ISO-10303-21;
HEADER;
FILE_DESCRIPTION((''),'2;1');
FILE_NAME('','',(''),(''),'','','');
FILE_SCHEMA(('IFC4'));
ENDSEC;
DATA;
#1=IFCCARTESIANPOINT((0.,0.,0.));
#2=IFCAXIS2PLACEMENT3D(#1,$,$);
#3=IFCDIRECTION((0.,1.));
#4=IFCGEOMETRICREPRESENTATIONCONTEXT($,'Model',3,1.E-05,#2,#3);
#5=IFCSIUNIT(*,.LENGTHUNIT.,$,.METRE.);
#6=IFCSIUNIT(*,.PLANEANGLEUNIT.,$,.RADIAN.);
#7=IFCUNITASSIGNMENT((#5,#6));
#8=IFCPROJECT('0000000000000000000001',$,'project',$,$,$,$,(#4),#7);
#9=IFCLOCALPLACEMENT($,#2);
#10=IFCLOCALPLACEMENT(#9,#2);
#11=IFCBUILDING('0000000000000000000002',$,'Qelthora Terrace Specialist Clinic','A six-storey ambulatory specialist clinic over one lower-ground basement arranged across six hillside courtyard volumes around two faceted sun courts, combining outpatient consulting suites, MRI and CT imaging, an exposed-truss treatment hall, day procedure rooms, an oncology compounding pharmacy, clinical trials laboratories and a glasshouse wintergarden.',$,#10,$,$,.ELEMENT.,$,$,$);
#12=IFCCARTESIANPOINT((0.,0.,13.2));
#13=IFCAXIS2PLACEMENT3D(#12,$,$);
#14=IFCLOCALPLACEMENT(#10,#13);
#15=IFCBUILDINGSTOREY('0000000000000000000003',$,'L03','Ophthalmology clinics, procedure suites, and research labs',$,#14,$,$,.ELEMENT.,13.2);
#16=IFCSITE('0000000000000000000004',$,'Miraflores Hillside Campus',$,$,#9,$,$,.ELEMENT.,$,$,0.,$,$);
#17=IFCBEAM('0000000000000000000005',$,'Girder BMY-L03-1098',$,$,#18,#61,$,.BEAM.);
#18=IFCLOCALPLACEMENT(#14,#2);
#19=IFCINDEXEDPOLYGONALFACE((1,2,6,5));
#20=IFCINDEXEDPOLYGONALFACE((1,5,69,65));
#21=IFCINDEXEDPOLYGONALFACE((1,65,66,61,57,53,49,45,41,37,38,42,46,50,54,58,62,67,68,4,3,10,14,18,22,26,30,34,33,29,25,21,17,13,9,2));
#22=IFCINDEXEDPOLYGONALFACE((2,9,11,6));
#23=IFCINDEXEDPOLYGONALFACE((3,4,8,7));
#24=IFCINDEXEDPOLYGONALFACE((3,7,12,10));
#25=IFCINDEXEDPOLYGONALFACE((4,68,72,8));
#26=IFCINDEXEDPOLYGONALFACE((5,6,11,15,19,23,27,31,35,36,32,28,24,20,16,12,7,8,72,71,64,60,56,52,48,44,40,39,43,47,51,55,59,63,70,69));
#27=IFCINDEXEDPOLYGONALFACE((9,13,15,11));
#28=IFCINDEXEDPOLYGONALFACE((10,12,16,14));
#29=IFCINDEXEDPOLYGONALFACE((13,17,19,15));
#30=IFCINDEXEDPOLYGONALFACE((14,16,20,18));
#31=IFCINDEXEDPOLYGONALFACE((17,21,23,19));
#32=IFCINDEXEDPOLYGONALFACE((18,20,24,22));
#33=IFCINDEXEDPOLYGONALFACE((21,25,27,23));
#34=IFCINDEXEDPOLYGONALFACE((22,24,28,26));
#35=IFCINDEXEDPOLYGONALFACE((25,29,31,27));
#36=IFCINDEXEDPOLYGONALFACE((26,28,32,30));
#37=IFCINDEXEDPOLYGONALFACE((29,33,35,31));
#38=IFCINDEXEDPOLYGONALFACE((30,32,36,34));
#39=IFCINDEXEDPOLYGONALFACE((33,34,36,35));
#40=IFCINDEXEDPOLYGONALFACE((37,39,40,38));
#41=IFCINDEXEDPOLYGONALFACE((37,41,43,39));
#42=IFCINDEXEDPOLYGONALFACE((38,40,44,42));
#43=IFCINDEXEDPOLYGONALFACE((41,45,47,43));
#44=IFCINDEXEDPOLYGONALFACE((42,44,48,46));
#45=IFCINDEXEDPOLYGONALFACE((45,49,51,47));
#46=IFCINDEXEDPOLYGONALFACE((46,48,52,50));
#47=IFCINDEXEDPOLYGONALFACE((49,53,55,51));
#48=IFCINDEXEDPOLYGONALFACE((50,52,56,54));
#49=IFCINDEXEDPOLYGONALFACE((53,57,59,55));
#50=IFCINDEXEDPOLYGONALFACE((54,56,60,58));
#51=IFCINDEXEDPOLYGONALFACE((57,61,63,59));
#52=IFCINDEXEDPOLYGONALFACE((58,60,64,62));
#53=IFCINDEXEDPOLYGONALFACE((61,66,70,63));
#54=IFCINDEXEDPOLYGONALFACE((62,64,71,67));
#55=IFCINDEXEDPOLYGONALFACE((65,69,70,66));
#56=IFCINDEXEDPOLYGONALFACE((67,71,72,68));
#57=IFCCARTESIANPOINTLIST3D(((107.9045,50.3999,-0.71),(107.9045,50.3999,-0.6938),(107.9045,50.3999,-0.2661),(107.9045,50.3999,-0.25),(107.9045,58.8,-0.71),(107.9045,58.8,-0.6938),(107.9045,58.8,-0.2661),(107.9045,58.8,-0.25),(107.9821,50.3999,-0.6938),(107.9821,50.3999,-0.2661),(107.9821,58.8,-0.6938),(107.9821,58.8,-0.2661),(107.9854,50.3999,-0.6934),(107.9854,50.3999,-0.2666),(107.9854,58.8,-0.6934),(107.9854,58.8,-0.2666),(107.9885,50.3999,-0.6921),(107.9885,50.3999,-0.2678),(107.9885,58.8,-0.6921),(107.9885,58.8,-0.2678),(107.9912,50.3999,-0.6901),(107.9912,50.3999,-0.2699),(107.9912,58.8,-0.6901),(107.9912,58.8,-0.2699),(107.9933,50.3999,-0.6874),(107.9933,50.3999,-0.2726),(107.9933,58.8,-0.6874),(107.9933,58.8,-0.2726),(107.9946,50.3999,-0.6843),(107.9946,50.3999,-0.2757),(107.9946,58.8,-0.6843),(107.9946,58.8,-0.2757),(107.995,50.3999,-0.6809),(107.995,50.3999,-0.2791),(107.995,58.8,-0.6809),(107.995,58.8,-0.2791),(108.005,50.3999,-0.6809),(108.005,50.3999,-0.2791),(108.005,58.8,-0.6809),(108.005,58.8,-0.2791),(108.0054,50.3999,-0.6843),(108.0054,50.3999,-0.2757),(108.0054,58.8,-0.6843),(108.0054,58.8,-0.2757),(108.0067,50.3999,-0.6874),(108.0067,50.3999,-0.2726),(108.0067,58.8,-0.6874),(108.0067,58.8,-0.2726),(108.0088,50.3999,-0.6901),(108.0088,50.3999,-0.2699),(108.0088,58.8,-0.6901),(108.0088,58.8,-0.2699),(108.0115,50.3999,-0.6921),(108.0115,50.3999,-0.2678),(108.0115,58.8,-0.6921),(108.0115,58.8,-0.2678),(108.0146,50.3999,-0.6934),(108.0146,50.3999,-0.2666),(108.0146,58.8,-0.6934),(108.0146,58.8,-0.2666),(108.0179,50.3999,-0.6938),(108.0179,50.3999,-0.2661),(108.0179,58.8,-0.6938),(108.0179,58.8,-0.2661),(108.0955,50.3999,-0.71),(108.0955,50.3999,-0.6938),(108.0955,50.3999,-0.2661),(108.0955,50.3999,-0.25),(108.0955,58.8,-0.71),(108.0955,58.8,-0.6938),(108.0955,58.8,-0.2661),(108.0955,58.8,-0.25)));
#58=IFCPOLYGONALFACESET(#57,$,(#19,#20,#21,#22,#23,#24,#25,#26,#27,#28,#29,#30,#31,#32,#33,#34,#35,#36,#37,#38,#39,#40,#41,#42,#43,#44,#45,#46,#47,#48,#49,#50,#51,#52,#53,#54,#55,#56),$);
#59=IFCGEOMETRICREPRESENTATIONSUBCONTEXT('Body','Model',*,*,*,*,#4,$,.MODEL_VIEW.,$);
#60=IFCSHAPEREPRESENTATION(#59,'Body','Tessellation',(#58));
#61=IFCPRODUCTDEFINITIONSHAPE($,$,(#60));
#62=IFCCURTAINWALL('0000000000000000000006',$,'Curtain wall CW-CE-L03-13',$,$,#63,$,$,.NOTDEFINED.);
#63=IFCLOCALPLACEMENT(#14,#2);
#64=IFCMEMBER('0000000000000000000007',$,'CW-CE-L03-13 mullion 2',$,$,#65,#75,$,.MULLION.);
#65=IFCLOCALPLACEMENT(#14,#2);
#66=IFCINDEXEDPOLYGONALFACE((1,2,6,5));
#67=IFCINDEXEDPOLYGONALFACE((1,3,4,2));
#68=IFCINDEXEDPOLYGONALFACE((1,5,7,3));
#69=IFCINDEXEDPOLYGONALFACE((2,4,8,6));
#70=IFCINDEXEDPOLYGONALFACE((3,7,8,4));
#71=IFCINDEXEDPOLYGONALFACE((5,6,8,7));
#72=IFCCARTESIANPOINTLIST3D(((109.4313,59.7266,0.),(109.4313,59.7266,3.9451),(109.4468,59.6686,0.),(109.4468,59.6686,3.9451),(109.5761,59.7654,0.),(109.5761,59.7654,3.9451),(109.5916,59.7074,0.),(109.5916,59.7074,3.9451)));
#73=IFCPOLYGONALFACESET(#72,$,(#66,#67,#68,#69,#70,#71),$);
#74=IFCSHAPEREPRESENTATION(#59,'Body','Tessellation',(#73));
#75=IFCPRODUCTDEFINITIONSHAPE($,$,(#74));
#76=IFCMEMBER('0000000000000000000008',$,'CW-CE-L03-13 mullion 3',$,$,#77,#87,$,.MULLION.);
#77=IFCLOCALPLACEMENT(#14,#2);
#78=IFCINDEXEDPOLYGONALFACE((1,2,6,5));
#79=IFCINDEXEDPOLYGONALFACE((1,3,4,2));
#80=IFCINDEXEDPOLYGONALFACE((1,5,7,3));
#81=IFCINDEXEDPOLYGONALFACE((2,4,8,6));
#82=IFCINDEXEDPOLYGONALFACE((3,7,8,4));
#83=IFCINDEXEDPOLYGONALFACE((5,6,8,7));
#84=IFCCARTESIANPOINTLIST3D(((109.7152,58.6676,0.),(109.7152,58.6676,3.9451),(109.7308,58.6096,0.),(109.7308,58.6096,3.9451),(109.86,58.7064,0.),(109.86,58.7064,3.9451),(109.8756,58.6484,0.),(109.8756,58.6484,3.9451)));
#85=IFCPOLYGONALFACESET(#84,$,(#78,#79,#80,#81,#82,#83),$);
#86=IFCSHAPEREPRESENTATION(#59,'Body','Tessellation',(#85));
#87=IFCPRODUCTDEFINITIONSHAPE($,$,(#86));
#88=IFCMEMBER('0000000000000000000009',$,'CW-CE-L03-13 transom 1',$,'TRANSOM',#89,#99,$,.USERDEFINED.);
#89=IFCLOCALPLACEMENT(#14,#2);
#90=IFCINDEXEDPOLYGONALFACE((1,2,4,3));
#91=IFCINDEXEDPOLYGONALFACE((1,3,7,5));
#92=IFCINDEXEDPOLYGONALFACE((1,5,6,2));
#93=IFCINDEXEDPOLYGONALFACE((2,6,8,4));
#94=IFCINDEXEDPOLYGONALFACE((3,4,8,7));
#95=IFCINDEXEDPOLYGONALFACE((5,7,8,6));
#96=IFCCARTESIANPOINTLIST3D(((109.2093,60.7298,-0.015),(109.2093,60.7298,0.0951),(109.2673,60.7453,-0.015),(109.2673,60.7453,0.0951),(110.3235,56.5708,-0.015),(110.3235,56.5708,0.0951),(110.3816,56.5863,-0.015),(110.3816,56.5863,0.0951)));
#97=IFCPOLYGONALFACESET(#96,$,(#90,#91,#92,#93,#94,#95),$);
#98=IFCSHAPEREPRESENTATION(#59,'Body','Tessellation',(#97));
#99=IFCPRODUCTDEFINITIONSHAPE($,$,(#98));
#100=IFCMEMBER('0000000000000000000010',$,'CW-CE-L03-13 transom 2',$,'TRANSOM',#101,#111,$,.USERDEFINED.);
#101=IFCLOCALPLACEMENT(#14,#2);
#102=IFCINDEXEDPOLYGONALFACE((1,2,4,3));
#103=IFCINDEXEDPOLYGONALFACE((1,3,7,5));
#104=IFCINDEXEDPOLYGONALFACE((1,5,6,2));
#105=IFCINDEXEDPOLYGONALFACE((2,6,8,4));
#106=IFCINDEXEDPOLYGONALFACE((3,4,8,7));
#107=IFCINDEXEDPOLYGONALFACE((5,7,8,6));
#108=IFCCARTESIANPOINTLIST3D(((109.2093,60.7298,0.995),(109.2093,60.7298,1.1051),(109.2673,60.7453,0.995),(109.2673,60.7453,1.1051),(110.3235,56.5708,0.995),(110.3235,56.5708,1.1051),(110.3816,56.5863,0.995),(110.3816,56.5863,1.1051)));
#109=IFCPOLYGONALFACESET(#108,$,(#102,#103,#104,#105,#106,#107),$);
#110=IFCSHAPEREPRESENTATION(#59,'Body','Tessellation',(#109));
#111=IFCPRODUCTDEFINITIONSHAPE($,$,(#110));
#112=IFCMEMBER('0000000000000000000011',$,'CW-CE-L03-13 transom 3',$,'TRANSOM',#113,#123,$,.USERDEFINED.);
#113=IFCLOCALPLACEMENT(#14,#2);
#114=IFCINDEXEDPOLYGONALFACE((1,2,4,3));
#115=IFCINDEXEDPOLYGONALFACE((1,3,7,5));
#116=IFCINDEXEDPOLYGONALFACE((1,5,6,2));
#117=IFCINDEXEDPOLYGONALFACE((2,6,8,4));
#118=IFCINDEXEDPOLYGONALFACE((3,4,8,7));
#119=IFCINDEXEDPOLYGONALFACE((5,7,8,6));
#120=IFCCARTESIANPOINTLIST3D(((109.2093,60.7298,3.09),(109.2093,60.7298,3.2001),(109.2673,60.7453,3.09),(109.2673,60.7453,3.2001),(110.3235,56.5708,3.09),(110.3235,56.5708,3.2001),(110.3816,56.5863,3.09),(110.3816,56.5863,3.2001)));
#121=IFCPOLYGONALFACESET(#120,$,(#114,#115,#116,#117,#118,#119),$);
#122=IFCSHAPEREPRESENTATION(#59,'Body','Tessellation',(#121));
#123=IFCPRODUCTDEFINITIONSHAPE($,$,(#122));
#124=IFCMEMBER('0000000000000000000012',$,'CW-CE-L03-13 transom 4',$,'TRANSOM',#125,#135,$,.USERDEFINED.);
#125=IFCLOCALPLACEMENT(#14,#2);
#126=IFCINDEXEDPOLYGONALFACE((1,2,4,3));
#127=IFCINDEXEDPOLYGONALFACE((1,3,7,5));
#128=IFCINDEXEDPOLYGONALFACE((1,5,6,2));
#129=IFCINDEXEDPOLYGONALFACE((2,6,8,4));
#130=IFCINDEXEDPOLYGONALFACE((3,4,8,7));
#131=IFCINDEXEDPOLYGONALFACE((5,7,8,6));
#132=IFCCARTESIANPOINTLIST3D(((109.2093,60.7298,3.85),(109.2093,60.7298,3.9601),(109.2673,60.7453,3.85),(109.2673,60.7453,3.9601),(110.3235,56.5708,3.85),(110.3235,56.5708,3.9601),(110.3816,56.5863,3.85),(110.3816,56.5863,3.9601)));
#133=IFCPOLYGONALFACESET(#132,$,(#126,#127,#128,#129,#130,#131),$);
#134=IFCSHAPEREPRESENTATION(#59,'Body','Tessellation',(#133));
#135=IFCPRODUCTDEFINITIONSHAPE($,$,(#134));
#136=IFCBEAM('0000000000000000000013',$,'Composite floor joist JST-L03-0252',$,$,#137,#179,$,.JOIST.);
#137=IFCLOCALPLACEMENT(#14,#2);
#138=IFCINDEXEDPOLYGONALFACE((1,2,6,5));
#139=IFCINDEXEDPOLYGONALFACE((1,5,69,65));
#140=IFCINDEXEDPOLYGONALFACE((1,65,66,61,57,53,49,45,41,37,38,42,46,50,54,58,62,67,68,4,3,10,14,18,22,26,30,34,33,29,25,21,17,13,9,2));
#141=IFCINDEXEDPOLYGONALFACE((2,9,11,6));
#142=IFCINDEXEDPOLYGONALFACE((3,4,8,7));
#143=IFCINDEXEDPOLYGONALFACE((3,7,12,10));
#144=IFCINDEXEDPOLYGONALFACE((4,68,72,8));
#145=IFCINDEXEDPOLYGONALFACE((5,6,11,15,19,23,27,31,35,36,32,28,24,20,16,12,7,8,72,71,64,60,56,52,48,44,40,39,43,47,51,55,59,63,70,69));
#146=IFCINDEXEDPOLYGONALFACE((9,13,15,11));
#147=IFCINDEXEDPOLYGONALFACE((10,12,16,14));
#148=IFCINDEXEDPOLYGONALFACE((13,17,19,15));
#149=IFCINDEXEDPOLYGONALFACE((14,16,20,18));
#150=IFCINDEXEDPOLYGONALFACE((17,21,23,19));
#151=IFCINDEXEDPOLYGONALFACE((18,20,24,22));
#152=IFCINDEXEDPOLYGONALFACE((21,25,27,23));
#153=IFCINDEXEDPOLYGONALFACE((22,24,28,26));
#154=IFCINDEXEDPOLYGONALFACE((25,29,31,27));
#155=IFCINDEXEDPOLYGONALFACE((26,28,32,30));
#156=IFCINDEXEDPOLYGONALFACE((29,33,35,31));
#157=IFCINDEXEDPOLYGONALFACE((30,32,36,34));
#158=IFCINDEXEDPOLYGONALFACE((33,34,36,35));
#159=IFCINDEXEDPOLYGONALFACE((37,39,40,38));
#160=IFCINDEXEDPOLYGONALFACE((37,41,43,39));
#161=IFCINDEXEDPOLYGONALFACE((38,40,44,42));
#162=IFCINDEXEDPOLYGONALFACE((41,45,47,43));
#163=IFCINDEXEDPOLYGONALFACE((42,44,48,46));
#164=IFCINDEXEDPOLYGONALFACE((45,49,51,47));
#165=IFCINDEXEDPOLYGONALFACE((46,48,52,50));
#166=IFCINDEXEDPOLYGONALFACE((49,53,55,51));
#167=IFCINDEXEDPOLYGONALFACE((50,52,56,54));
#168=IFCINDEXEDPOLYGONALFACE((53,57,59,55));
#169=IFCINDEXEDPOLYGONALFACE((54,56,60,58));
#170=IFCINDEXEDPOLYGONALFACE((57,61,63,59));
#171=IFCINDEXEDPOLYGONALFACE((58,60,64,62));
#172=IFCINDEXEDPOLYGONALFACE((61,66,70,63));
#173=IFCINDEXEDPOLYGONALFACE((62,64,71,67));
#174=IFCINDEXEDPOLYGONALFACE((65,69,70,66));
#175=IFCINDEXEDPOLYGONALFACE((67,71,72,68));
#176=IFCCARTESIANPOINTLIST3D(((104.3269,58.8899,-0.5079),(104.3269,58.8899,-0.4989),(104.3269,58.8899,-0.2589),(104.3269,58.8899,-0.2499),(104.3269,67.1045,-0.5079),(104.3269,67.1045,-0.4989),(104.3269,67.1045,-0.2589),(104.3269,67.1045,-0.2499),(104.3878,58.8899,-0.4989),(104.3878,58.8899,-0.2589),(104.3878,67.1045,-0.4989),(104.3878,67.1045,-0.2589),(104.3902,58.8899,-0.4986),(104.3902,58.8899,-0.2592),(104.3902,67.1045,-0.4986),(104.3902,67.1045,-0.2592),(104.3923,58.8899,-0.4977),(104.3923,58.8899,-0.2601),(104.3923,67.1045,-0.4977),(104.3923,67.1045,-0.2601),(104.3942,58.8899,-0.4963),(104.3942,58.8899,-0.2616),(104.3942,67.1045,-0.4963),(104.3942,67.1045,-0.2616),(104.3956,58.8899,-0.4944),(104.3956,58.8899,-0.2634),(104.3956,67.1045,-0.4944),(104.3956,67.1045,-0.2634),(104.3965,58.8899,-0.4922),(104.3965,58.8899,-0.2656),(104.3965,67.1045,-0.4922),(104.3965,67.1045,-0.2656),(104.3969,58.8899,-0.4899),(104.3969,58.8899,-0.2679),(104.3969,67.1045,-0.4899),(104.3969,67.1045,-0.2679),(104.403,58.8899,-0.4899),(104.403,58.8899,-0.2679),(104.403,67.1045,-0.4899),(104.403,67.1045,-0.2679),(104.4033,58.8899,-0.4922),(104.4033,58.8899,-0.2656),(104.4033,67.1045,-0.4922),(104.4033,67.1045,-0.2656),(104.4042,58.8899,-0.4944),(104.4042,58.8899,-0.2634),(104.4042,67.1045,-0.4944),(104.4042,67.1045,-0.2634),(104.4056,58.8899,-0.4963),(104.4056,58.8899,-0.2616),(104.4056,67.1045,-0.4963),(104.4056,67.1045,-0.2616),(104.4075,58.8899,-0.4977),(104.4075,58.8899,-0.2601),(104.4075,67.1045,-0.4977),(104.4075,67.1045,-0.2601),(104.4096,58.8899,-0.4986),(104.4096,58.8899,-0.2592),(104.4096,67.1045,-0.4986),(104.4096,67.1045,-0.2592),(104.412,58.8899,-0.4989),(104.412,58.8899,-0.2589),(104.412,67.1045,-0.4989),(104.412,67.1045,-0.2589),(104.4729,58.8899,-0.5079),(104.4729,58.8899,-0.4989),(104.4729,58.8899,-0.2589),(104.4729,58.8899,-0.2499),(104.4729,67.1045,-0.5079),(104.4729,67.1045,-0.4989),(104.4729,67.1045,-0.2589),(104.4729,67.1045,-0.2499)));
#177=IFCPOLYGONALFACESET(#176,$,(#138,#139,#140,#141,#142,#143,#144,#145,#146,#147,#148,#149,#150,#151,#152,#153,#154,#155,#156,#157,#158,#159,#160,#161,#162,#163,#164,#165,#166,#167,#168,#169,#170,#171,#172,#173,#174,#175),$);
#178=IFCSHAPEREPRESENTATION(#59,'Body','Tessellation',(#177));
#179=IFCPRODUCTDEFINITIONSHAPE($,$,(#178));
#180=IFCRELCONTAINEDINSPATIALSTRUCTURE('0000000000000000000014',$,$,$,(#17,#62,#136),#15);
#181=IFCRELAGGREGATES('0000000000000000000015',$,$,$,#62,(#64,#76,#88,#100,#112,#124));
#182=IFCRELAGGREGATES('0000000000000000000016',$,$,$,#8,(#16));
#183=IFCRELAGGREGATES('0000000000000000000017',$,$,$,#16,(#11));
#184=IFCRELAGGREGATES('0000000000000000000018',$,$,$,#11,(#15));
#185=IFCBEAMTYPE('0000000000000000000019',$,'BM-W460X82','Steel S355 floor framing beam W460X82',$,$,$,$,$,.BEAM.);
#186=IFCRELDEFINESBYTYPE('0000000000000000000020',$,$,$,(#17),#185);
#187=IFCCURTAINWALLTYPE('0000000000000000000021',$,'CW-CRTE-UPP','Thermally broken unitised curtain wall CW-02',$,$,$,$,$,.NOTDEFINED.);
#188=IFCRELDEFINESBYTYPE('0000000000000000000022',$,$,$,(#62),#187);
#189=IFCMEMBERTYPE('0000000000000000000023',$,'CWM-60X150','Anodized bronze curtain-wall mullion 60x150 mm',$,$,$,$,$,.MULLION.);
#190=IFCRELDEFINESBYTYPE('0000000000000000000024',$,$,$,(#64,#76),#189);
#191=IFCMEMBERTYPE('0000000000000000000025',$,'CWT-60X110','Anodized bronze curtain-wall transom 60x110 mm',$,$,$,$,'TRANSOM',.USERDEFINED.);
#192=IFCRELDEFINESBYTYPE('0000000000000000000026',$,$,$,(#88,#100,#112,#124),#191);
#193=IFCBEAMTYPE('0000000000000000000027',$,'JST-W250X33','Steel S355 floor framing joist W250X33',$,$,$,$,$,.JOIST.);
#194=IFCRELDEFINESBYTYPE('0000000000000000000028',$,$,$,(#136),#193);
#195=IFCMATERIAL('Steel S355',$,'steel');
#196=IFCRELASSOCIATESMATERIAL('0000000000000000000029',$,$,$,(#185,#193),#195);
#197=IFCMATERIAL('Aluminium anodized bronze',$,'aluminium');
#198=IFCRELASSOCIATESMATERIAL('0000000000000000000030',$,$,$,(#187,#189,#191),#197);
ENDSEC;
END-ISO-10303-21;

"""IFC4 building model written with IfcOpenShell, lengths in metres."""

from ifc_helpers import new_model, si_unit, direction, frame, origin, origin_2d, place, context, subcontext, project, spatial, rectangle, i_section, extrude, material, material_profile, profile_set, type_object, element, aggregate, save


model = new_model("IFC4")

# Units and contexts
model_context = context("Model", 3, precision=1e-05, world=origin(), true_north=direction((0.0, 1.0)))
body_context = subcontext(model_context, "Body", "Model", "MODEL_VIEW")
ifc_project = project(units=[si_unit("LENGTHUNIT", "METRE"), si_unit("PLANEANGLEUNIT", "RADIAN")], contexts=[model_context])

# Site, building, storey
site_placement = place(None, origin())
site = spatial("IfcSite", under=ifc_project, at=site_placement, Name="Miraflores Hillside Campus", CompositionType="ELEMENT", RefElevation=0.0)
building_placement = place(site_placement, origin())
building = spatial("IfcBuilding", under=site, at=building_placement, Name="Qelthora Terrace Specialist Clinic", Description="A six-storey ambulatory specialist clinic over one lower-ground basement arranged across six hillside courtyard volumes around two faceted sun courts, combining outpatient consulting suites, MRI and CT imaging, an exposed-truss treatment hall, day procedure rooms, an oncology compounding pharmacy, clinical trials laboratories and a glasshouse wintergarden.", CompositionType="ELEMENT")
storey_placement = place(building_placement, frame((0.0, 0.0, 13.2)))
storey = spatial("IfcBuildingStorey", under=building, at=storey_placement, Name="L03", Description="Ophthalmology clinics, procedure suites, and research labs", CompositionType="ELEMENT", Elevation=13.2)

# Shared definitions
ifc_material_1 = material(Name="Steel S355", Category="steel")

# Beam
ifc_material_profile_1 = material_profile(ifc_material_1, i_section(OverallWidth=0.1909, OverallDepth=0.46, WebThickness=0.01, FlangeThickness=0.0161, FilletRadius=0.0129, at=origin_2d()), Name="W460X82")
ifc_profile_set_1 = profile_set([ifc_material_profile_1], Name="Steel S355")
beam_type_1 = type_object("IfcBeamType", Name="BM-W460X82", Description="Steel S355 floor framing beam W460X82", PredefinedType="BEAM", material=ifc_profile_set_1)
beam_1_placement = place(storey_placement, frame((108.0, 50.3999, -0.48), z_axis=(0.0, 1.0, 0.0), x_axis=(-1.0, 0.0, 0.0)))
element("IfcBeam", 1, at=beam_1_placement, inside=storey, type_object=beam_type_1, Name="Girder BMY-L03-1098", PredefinedType="BEAM", context=body_context, shape_type="SweptSolid", body=[
    extrude(i_section(OverallWidth=0.1909, OverallDepth=0.46, WebThickness=0.01, FlangeThickness=0.0161, FilletRadius=0.0129, at=origin_2d()), origin(), (0.0, 0.0, 1.0), 8.4001),
])

# Curtain wall, members
ifc_material_2 = material(Name="Aluminium anodized bronze", Category="aluminium")
curtain_wall_type = type_object("IfcCurtainWallType", Name="CW-CRTE-UPP", Description="Thermally broken unitised curtain wall CW-02", PredefinedType="NOTDEFINED", material=ifc_material_2)
curtain_wall_placement = place(storey_placement, origin())
curtain_wall = element("IfcCurtainWall", 2, at=curtain_wall_placement, inside=storey, type_object=curtain_wall_type, Name="Curtain wall CW-CE-L03-13", PredefinedType="NOTDEFINED")
ifc_material_profile_2 = material_profile(ifc_material_2, rectangle(XDim=0.0601, YDim=0.1499, at=origin_2d()), Name="CWM60X150")
ifc_profile_set_2 = profile_set([ifc_material_profile_2], Name="Aluminium anodized bronze")
member_type_1 = type_object("IfcMemberType", Name="CWM-60X150", Description="Anodized bronze curtain-wall mullion 60x150 mm", PredefinedType="MULLION", material=ifc_profile_set_2)
member_1_placement = place(storey_placement, frame((109.5115, 59.717, 0.0), z_axis=(0.0, 0.0, 1.0), x_axis=(0.25882, -0.965926, 0.0)))
member_1 = element("IfcMember", 3, at=member_1_placement, type_object=member_type_1, Name="CW-CE-L03-13 mullion 2", PredefinedType="MULLION", context=body_context, shape_type="SweptSolid", body=[
    extrude(rectangle(XDim=0.0601, YDim=0.1499, at=origin_2d()), origin(), (0.0, 0.0, 1.0), 3.9451),
])
member_2_placement = place(storey_placement, frame((109.7954, 58.658, 0.0), z_axis=(0.0, 0.0, 1.0), x_axis=(0.25882, -0.965926, 0.0)))
member_2 = element("IfcMember", 4, at=member_2_placement, type_object=member_type_1, Name="CW-CE-L03-13 mullion 3", PredefinedType="MULLION", context=body_context, shape_type="SweptSolid", body=[
    extrude(rectangle(XDim=0.0601, YDim=0.1499, at=origin_2d()), origin(), (0.0, 0.0, 1.0), 3.9451),
])
ifc_material_profile_3 = material_profile(ifc_material_2, rectangle(XDim=0.0601, YDim=0.1101, at=origin_2d()), Name="CWT60X110")
ifc_profile_set_3 = profile_set([ifc_material_profile_3], Name="Aluminium anodized bronze")
member_type_2 = type_object("IfcMemberType", Name="CWT-60X110", Description="Anodized bronze curtain-wall transom 60x110 mm", ElementType="TRANSOM", PredefinedType="USERDEFINED", material=ifc_profile_set_3)
member_3_placement = place(storey_placement, frame((109.2383, 60.7375, 0.04), z_axis=(0.258792, -0.965933, 0.0), x_axis=(0.965933, 0.258792, 0.0)))
member_3 = element("IfcMember", 5, at=member_3_placement, type_object=member_type_2, Name="CW-CE-L03-13 transom 1", ObjectType="TRANSOM", PredefinedType="USERDEFINED", context=body_context, shape_type="SweptSolid", body=[
    extrude(rectangle(XDim=0.0601, YDim=0.1101, at=origin_2d()), origin(), (0.0, 0.0, 1.0), 4.3057),
])
member_4_placement = place(storey_placement, frame((109.2383, 60.7375, 1.05), z_axis=(0.258792, -0.965933, 0.0), x_axis=(0.965933, 0.258792, 0.0)))
member_4 = element("IfcMember", 6, at=member_4_placement, type_object=member_type_2, Name="CW-CE-L03-13 transom 2", ObjectType="TRANSOM", PredefinedType="USERDEFINED", context=body_context, shape_type="SweptSolid", body=[
    extrude(rectangle(XDim=0.0601, YDim=0.1101, at=origin_2d()), origin(), (0.0, 0.0, 1.0), 4.3057),
])
member_5_placement = place(storey_placement, frame((109.2383, 60.7375, 3.145), z_axis=(0.258792, -0.965933, 0.0), x_axis=(0.965933, 0.258792, 0.0)))
member_5 = element("IfcMember", 7, at=member_5_placement, type_object=member_type_2, Name="CW-CE-L03-13 transom 3", ObjectType="TRANSOM", PredefinedType="USERDEFINED", context=body_context, shape_type="SweptSolid", body=[
    extrude(rectangle(XDim=0.0601, YDim=0.1101, at=origin_2d()), origin(), (0.0, 0.0, 1.0), 4.3057),
])
member_6_placement = place(storey_placement, frame((109.2383, 60.7375, 3.905), z_axis=(0.258792, -0.965933, 0.0), x_axis=(0.965933, 0.258792, 0.0)))
member_6 = element("IfcMember", 8, at=member_6_placement, type_object=member_type_2, Name="CW-CE-L03-13 transom 4", ObjectType="TRANSOM", PredefinedType="USERDEFINED", context=body_context, shape_type="SweptSolid", body=[
    extrude(rectangle(XDim=0.0601, YDim=0.1101, at=origin_2d()), origin(), (0.0, 0.0, 1.0), 4.3057),
])

# Beam
ifc_material_profile_4 = material_profile(ifc_material_1, i_section(OverallWidth=0.146, OverallDepth=0.2581, WebThickness=0.0061, FlangeThickness=0.009, FilletRadius=0.009, at=origin_2d()), Name="W250X33")
ifc_profile_set_4 = profile_set([ifc_material_profile_4], Name="Steel S355")
beam_type_2 = type_object("IfcBeamType", Name="JST-W250X33", Description="Steel S355 floor framing joist W250X33", PredefinedType="JOIST", material=ifc_profile_set_4)
beam_2_placement = place(storey_placement, frame((104.3999, 58.8899, -0.3789), z_axis=(0.0, 1.0, 0.0), x_axis=(-1.0, 0.0, 0.0)))
element("IfcBeam", 9, at=beam_2_placement, inside=storey, type_object=beam_type_2, Name="Composite floor joist JST-L03-0252", PredefinedType="JOIST", context=body_context, shape_type="SweptSolid", body=[
    extrude(i_section(OverallWidth=0.146, OverallDepth=0.2581, WebThickness=0.0061, FlangeThickness=0.009, FilletRadius=0.009, at=origin_2d()), origin(), (0.0, 0.0, 1.0), 8.2146),
])

aggregate(curtain_wall, [member_1, member_2, member_3, member_4, member_5, member_6])

save(model, "model.ifc")
